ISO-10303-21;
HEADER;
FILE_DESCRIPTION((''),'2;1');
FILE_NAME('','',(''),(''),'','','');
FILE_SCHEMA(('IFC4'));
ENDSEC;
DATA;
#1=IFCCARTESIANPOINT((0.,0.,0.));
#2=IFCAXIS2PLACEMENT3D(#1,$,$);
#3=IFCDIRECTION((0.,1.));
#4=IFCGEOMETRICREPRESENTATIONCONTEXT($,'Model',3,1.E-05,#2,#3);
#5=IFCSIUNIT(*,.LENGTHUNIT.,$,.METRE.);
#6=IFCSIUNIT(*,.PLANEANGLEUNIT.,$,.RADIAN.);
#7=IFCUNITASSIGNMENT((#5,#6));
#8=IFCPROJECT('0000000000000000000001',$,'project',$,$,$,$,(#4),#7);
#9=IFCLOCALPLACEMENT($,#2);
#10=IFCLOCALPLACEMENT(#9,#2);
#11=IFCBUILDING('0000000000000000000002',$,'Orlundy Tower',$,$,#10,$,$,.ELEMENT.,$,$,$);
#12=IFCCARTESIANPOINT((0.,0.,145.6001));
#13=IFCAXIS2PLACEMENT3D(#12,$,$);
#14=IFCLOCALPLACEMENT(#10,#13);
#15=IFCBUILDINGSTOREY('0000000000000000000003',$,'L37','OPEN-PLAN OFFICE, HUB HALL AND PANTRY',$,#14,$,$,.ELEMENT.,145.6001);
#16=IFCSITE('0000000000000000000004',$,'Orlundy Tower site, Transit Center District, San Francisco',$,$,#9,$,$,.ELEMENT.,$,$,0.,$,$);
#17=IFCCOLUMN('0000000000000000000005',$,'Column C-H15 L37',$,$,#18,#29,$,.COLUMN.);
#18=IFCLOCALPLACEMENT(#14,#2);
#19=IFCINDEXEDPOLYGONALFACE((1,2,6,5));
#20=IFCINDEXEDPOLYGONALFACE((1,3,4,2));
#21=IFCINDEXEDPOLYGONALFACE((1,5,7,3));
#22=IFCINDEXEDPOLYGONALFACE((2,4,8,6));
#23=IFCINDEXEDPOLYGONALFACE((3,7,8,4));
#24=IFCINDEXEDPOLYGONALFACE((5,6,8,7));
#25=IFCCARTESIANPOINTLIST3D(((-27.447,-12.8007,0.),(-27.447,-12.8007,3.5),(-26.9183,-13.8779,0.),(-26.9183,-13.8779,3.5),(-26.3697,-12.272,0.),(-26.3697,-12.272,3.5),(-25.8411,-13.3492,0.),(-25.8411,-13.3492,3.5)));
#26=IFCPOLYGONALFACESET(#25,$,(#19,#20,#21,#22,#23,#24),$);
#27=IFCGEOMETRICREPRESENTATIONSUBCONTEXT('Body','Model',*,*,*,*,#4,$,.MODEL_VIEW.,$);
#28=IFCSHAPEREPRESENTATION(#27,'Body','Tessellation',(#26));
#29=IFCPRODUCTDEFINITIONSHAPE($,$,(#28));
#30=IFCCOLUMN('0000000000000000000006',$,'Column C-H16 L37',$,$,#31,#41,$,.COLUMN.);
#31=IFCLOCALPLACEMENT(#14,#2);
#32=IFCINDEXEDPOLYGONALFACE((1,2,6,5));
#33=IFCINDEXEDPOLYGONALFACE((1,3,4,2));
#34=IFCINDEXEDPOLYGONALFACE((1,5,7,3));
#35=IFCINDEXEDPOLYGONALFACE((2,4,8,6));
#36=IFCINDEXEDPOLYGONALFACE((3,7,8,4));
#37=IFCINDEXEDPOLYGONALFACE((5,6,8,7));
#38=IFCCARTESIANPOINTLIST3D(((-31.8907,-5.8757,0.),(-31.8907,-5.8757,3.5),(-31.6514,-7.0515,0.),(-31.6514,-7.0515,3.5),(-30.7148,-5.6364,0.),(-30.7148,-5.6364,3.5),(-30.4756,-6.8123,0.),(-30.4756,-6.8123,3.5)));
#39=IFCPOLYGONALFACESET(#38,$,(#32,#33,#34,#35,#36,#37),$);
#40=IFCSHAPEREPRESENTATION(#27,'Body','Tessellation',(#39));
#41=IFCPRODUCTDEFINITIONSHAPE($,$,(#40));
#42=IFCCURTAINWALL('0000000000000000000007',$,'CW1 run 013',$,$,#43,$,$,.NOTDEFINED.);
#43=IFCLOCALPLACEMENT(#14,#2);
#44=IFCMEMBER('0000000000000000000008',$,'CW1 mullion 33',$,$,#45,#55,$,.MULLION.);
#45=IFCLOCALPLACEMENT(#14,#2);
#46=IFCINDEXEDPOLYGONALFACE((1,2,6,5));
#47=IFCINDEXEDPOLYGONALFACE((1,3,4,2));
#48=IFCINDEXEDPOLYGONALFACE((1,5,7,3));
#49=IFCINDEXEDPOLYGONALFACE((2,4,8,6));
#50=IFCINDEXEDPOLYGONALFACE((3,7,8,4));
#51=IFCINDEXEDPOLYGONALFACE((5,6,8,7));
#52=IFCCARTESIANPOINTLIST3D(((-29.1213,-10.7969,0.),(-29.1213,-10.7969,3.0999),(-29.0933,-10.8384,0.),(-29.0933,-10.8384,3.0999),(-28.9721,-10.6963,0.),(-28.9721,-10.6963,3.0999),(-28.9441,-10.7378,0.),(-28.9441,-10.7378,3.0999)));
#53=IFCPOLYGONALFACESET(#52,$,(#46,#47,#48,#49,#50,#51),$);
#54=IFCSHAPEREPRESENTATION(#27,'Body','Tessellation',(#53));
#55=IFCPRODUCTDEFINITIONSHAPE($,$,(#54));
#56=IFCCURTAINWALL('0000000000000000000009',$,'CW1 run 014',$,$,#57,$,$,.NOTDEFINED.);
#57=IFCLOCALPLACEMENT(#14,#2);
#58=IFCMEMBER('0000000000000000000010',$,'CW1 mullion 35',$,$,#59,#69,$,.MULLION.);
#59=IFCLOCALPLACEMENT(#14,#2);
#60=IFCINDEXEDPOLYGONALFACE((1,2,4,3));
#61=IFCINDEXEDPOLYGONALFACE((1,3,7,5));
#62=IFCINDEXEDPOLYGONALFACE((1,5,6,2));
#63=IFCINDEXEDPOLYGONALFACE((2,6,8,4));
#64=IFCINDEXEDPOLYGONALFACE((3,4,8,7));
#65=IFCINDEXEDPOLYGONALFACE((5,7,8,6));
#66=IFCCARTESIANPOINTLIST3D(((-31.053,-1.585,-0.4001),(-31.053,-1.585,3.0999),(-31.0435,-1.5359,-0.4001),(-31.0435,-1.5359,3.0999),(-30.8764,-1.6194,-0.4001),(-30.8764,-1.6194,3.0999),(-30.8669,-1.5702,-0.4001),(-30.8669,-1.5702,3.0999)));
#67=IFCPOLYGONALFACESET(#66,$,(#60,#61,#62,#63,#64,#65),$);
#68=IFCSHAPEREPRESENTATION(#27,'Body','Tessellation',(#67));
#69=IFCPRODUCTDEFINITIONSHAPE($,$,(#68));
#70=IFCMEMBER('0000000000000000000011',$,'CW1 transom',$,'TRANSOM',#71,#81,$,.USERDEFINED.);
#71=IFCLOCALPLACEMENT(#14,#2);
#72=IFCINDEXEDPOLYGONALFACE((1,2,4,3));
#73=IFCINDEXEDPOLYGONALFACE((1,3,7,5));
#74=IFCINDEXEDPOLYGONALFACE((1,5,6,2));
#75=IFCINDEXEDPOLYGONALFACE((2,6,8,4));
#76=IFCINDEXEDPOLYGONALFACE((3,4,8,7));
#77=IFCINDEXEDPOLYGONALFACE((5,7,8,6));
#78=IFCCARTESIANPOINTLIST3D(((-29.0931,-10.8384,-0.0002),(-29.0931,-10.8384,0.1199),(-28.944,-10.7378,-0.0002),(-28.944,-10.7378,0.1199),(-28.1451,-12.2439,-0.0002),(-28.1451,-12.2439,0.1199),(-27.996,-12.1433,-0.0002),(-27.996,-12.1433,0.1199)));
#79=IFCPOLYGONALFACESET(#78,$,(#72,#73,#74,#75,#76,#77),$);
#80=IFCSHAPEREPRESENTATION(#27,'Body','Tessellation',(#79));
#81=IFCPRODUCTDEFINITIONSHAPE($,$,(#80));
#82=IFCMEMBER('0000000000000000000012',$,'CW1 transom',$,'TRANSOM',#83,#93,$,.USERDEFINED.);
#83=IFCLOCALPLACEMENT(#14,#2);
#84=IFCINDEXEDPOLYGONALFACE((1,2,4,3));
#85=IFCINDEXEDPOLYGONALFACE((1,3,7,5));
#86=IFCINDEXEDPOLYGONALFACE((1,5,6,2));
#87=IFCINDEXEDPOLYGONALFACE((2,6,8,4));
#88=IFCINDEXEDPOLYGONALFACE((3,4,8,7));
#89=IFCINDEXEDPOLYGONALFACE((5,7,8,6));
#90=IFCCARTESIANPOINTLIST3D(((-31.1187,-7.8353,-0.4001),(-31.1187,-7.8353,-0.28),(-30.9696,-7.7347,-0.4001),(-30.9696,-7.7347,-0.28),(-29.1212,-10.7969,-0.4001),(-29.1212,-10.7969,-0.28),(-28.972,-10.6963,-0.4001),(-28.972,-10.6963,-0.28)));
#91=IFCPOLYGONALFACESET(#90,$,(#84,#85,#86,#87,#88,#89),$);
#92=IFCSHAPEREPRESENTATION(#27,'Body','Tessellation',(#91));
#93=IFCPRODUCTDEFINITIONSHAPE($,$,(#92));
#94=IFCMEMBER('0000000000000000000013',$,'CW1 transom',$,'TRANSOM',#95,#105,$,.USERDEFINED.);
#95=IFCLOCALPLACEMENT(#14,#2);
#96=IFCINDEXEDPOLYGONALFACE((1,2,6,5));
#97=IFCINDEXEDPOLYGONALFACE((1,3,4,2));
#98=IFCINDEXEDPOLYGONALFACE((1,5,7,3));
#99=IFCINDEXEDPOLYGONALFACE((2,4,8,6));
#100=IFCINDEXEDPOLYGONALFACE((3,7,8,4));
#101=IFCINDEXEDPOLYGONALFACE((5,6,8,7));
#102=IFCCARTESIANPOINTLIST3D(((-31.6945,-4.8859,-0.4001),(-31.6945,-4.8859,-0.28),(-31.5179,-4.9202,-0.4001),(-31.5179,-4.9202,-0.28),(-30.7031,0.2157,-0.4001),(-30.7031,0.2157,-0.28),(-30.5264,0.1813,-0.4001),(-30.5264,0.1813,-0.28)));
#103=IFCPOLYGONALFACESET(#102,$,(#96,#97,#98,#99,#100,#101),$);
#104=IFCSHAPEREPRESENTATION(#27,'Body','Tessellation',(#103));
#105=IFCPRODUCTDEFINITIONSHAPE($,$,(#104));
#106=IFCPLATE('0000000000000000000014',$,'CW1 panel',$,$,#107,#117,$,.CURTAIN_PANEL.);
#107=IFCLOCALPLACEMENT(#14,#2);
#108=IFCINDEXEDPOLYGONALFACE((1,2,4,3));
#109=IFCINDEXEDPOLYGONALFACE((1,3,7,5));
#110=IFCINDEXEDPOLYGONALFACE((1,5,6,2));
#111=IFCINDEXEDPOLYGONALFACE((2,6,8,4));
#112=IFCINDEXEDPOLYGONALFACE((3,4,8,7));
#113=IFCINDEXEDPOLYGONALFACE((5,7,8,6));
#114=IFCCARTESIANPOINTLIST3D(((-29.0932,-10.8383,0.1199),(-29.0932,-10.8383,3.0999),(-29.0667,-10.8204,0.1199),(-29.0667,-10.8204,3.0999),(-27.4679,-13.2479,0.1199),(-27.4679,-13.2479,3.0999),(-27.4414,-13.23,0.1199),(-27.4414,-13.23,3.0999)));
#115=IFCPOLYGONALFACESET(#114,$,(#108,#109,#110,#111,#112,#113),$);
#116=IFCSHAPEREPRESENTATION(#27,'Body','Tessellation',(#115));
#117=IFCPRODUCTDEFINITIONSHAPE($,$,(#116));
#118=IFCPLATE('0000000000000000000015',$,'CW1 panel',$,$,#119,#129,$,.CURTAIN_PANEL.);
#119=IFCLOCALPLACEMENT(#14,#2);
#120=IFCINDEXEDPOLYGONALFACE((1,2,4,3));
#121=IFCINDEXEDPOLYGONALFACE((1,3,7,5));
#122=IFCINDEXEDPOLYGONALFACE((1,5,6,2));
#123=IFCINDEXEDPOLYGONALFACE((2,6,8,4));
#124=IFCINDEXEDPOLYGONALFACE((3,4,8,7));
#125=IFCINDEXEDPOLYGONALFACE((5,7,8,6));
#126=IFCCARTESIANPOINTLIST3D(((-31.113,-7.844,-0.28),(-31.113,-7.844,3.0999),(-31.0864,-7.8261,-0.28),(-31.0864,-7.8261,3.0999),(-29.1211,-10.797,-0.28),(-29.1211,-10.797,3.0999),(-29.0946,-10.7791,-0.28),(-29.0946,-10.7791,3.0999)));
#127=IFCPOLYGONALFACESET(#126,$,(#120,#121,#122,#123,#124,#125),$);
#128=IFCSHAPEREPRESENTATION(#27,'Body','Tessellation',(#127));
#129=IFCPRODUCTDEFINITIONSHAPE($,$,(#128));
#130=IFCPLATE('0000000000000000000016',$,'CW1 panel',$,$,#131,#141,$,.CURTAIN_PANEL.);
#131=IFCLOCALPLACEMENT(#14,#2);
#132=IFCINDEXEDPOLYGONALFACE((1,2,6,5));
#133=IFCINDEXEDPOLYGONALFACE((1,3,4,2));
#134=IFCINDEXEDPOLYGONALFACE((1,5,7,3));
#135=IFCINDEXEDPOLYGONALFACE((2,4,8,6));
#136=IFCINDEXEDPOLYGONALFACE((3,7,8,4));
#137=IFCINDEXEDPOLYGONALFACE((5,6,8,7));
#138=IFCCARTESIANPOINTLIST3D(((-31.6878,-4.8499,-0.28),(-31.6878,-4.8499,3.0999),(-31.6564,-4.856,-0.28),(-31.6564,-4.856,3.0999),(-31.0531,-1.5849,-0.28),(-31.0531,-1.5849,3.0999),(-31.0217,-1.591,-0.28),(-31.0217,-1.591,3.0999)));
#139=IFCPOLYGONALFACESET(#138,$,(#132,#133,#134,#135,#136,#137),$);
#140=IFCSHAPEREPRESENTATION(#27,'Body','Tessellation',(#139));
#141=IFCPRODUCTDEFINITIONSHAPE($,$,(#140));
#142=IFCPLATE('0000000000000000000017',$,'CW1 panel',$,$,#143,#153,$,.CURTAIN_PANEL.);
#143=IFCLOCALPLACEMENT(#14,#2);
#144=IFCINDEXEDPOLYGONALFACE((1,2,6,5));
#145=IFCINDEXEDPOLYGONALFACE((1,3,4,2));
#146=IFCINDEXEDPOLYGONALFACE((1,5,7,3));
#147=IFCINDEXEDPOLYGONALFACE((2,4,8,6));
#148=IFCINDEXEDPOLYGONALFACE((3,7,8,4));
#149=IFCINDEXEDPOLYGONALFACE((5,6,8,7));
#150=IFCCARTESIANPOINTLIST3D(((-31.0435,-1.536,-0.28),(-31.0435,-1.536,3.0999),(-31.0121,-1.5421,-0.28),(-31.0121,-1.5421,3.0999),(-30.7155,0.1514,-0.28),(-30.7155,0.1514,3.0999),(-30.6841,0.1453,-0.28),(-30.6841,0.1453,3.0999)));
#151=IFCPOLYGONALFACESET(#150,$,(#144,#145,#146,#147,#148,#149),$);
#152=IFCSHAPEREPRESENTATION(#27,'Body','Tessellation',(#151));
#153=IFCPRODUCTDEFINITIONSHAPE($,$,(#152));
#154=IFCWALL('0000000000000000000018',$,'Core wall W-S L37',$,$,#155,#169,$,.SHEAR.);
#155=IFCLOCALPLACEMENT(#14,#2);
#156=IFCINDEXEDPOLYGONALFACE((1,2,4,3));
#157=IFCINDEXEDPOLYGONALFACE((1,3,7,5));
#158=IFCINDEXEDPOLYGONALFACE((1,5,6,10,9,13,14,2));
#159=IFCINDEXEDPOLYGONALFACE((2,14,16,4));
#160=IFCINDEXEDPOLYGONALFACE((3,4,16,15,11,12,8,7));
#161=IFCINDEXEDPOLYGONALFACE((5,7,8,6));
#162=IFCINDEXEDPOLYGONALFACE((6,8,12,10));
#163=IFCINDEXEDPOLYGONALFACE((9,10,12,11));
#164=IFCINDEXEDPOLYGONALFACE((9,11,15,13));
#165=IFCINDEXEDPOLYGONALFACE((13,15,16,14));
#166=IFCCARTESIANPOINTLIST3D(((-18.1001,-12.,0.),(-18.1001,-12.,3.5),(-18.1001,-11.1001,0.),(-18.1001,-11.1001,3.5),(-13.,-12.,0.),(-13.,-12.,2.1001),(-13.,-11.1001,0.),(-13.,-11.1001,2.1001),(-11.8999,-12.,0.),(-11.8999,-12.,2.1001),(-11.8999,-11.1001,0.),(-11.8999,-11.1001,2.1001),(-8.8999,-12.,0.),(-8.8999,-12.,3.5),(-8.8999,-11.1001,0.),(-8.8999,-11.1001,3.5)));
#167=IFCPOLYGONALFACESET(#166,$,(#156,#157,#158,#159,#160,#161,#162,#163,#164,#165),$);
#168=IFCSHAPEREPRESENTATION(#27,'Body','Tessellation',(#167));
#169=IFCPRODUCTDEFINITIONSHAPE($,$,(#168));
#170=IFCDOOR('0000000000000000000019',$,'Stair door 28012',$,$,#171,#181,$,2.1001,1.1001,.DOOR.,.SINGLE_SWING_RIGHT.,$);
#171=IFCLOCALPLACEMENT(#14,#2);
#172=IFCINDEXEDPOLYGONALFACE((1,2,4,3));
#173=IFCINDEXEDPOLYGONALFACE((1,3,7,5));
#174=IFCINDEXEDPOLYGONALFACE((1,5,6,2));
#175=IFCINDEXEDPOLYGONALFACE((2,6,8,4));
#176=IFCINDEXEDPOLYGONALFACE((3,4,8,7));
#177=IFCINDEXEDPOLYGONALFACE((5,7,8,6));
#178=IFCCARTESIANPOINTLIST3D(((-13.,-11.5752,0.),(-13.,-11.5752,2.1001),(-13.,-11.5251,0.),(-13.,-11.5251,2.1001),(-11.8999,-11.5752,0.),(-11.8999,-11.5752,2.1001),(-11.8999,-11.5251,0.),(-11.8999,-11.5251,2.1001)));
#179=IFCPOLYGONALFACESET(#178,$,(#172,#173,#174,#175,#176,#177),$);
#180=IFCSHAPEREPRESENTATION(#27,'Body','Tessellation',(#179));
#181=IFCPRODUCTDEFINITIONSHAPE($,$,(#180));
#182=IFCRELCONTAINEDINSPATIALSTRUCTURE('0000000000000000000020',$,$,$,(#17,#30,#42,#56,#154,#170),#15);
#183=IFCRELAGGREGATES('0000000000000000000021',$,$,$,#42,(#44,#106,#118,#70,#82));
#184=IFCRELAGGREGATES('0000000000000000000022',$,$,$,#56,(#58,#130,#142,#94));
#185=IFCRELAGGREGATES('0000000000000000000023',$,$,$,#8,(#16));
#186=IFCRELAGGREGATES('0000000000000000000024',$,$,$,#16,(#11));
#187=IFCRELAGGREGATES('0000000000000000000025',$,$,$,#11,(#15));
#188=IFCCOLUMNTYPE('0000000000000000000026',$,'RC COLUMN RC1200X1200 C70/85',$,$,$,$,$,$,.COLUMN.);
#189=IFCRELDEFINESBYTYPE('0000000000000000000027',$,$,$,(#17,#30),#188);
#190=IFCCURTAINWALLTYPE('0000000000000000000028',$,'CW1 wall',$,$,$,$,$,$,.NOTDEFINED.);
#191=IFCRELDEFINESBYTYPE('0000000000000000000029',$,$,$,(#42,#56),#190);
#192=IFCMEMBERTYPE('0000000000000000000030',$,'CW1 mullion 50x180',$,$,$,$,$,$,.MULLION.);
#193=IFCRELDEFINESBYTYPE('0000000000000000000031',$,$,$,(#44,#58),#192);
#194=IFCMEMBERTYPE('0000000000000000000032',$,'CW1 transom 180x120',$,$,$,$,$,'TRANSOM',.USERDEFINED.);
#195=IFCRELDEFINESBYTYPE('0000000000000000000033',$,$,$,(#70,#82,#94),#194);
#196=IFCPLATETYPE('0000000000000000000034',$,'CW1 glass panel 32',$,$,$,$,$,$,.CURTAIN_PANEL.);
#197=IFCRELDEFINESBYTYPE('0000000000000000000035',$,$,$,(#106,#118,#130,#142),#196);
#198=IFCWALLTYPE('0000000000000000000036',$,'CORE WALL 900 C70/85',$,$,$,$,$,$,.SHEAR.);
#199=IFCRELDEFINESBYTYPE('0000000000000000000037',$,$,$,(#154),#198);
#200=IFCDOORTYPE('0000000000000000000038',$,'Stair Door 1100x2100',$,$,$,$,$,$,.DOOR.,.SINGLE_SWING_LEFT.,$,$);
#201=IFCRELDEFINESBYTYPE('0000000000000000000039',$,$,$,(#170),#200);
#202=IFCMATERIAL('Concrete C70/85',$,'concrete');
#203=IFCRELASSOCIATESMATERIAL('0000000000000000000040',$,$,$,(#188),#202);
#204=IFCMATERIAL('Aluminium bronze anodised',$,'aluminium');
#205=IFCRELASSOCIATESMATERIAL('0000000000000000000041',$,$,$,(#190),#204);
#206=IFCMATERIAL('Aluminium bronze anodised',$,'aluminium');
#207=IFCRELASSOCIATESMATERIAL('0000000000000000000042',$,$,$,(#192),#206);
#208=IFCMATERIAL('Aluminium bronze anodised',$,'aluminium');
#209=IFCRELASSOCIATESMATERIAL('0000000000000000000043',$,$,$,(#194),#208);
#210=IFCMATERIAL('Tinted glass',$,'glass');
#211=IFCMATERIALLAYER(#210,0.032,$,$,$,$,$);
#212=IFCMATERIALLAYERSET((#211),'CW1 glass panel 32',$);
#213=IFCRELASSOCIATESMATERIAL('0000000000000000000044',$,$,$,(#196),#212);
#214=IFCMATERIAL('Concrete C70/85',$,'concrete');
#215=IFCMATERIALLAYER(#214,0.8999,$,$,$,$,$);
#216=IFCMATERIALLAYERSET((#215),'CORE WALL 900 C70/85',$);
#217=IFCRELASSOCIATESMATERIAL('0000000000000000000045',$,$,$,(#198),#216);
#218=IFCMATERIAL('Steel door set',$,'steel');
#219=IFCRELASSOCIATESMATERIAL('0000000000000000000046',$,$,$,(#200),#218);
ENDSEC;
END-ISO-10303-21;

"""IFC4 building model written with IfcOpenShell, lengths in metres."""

from ifc_helpers import new_model, si_unit, direction, frame, frame_2d, origin, origin_2d, place, context, subcontext, project, spatial, rectangle, extrude, material, layer, layer_set, material_profile, profile_set, type_object, element, fill, aggregate, save


model = new_model("IFC4")

# Units and contexts
model_context = context("Model", 3, precision=1e-05, world=origin(), true_north=direction((0.0, 1.0)))
body_context = subcontext(model_context, "Body", "Model", "MODEL_VIEW")
ifc_project = project(units=[si_unit("LENGTHUNIT", "METRE"), si_unit("PLANEANGLEUNIT", "RADIAN")], contexts=[model_context])

# Site, building, storey
site_placement = place(None, origin())
site = spatial("IfcSite", under=ifc_project, at=site_placement, Name="Orlundy Tower site, Transit Center District, San Francisco", CompositionType="ELEMENT", RefElevation=0.0)
building_placement = place(site_placement, origin())
building = spatial("IfcBuilding", under=site, at=building_placement, Name="Orlundy Tower", CompositionType="ELEMENT")
storey_placement = place(building_placement, frame((0.0, 0.0, 145.6001)))
storey = spatial("IfcBuildingStorey", under=building, at=storey_placement, Name="L37", Description="OPEN-PLAN OFFICE, HUB HALL AND PANTRY", CompositionType="ELEMENT", Elevation=145.6001)

# Columns
ifc_material_1 = material(Name="Concrete C70/85", Category="concrete")
ifc_material_profile_1 = material_profile(ifc_material_1, rectangle(XDim=1.2, YDim=1.2, at=origin_2d()), Name="RC1200X1200")
ifc_profile_set_1 = profile_set([ifc_material_profile_1], Name="Concrete C70/85")
column_type = type_object("IfcColumnType", Name="RC COLUMN RC1200X1200 C70/85", PredefinedType="COLUMN", material=ifc_profile_set_1)
for number, where, z_axis, x_axis, name in (
    (1, (-26.644, -13.075, 0.0), (0.0, 0.0, 1.0), (-0.897728, -0.44055, 0.0), "Column C-H15 L37"),
    (2, (-31.1831, -6.344, 0.0), (0.0, 0.0, 1.0), (-0.979925, -0.199368, 0.0), "Column C-H16 L37"),
):
    element("IfcColumn", number, at=place(storey_placement, frame(where, z_axis=z_axis, x_axis=x_axis)), inside=storey, type_object=column_type, Name=name, PredefinedType="COLUMN", context=body_context, shape_type="SweptSolid", body=[
        extrude(rectangle(XDim=1.2, YDim=1.2, at=origin_2d()), origin(), (0.0, 0.0, 1.0), 3.5),
    ])

# Curtain walls, members
ifc_material_2 = material(Name="Aluminium bronze anodised", Category="aluminium")
curtain_wall_type = type_object("IfcCurtainWallType", Name="CW1 wall", PredefinedType="NOTDEFINED", material=ifc_material_2)
curtain_wall_1_placement = place(storey_placement, origin())
curtain_wall_1 = element("IfcCurtainWall", 3, at=curtain_wall_1_placement, inside=storey, type_object=curtain_wall_type, Name="CW1 run 013", PredefinedType="NOTDEFINED")
ifc_material_3 = material(Name="Aluminium bronze anodised", Category="aluminium")
ifc_material_profile_2 = material_profile(ifc_material_3, rectangle(XDim=0.1799, YDim=0.05, at=origin_2d()), Name="CW1 mullion 50x180")
ifc_profile_set_2 = profile_set([ifc_material_profile_2], Name="Aluminium bronze anodised")
member_type_1 = type_object("IfcMemberType", Name="CW1 mullion 50x180", PredefinedType="MULLION", material=ifc_profile_set_2)
member_1_placement = place(storey_placement, frame((-29.0327, -10.7673, 0.0), z_axis=(0.0, 0.0, 1.0), x_axis=(-0.829032, -0.559201, 0.0)))
member_1 = element("IfcMember", 4, at=member_1_placement, type_object=member_type_1, Name="CW1 mullion 33", PredefinedType="MULLION", context=body_context, shape_type="SweptSolid", body=[
    extrude(rectangle(XDim=0.1799, YDim=0.05, at=origin_2d()), origin(), (0.0, 0.0, 1.0), 3.0999),
])
curtain_wall_2_placement = place(storey_placement, origin())
curtain_wall_2 = element("IfcCurtainWall", 5, at=curtain_wall_2_placement, inside=storey, type_object=curtain_wall_type, Name="CW1 run 014", PredefinedType="NOTDEFINED")
member_2_placement = place(storey_placement, frame((-30.96, -1.5776, -0.4001), z_axis=(0.0, 0.0, 1.0), x_axis=(-0.981628, 0.190805, 0.0)))
member_2 = element("IfcMember", 6, at=member_2_placement, type_object=member_type_1, Name="CW1 mullion 35", PredefinedType="MULLION", context=body_context, shape_type="SweptSolid", body=[
    extrude(rectangle(XDim=0.1799, YDim=0.05, at=origin_2d()), origin(), (0.0, 0.0, 1.0), 3.5),
])

# Members
ifc_material_4 = material(Name="Aluminium bronze anodised", Category="aluminium")
ifc_material_profile_3 = material_profile(ifc_material_4, rectangle(XDim=0.1799, YDim=0.1201, at=origin_2d()), Name="CW1 transom 180x120")
ifc_profile_set_3 = profile_set([ifc_material_profile_3], Name="Aluminium bronze anodised")
member_type_2 = type_object("IfcMemberType", Name="CW1 transom 180x120", ElementType="TRANSOM", PredefinedType="USERDEFINED", material=ifc_profile_set_3)
member_3_placement = place(storey_placement, frame((-28.0706, -12.1936, 0.0598), z_axis=(-0.559178, 0.829047, 0.0), x_axis=(-0.829047, -0.559178, 0.0)))
member_3 = element("IfcMember", 7, at=member_3_placement, type_object=member_type_2, Name="CW1 transom", ObjectType="TRANSOM", PredefinedType="USERDEFINED", context=body_context, shape_type="SweptSolid", body=[
    extrude(rectangle(XDim=0.1799, YDim=0.1201, at=origin_2d()), origin(), (0.0, 0.0, 1.0), 1.6953),
])
member_4_placement = place(storey_placement, frame((-29.0466, -10.7466, -0.3401), z_axis=(-0.559171, 0.829052, 0.0), x_axis=(-0.829052, -0.559171, 0.0)))
member_4 = element("IfcMember", 8, at=member_4_placement, type_object=member_type_2, Name="CW1 transom", ObjectType="TRANSOM", PredefinedType="USERDEFINED", context=body_context, shape_type="SweptSolid", body=[
    extrude(rectangle(XDim=0.1799, YDim=0.1201, at=origin_2d()), origin(), (0.0, 0.0, 1.0), 3.5723),
])
member_5_placement = place(storey_placement, frame((-31.6062, -4.9031, -0.3401), z_axis=(0.190774, 0.981634, 0.0), x_axis=(-0.981634, 0.190774, 0.0)))
member_5 = element("IfcMember", 9, at=member_5_placement, type_object=member_type_2, Name="CW1 transom", ObjectType="TRANSOM", PredefinedType="USERDEFINED", context=body_context, shape_type="SweptSolid", body=[
    extrude(rectangle(XDim=0.1799, YDim=0.1201, at=origin_2d()), origin(), (0.0, 0.0, 1.0), 5.197),
])

# Plates
ifc_material_5 = material(Name="Tinted glass", Category="glass")
ifc_layer_1 = layer(ifc_material_5, 0.032)
ifc_layer_set_1 = layer_set([ifc_layer_1], Name="CW1 glass panel 32")
plate_type = type_object("IfcPlateType", Name="CW1 glass panel 32", PredefinedType="CURTAIN_PANEL", material=ifc_layer_set_1)
plate_1_placement = place(storey_placement, frame((-28.2673, -12.0342, 0.1199), z_axis=(0.0, 0.0, 1.0), x_axis=(-0.559201, 0.829032, 0.0)))
plate_1 = element("IfcPlate", 10, at=plate_1_placement, type_object=plate_type, Name="CW1 panel", PredefinedType="CURTAIN_PANEL", context=body_context, shape_type="SweptSolid", body=[
    extrude(rectangle(XDim=2.9065, YDim=0.032, at=origin_2d()), origin(), (0.0, 0.0, 1.0), 2.98),
])
plate_2_placement = place(storey_placement, frame((-30.1038, -9.3115, -0.28), z_axis=(0.0, 0.0, 1.0), x_axis=(-0.559201, 0.829032, 0.0)))
plate_2 = element("IfcPlate", 11, at=plate_2_placement, type_object=plate_type, Name="CW1 panel", PredefinedType="CURTAIN_PANEL", context=body_context, shape_type="SweptSolid", body=[
    extrude(rectangle(XDim=3.562, YDim=0.032, at=origin_2d()), origin(), (0.0, 0.0, 1.0), 3.3799),
])
aggregate(curtain_wall_1, [member_1, plate_1, plate_2, member_3, member_4])
plate_3_placement = place(storey_placement, frame((-31.3547, -3.2205, -0.28), z_axis=(0.0, 0.0, 1.0), x_axis=(0.190805, 0.981628, 0.0)))
plate_3 = element("IfcPlate", 12, at=plate_3_placement, type_object=plate_type, Name="CW1 panel", PredefinedType="CURTAIN_PANEL", context=body_context, shape_type="SweptSolid", body=[
    extrude(rectangle(XDim=3.3262, YDim=0.032, at=origin_2d()), origin(), (0.0, 0.0, 1.0), 3.3799),
])
plate_4_placement = place(storey_placement, frame((-30.8638, -0.6953, -0.28), z_axis=(0.0, 0.0, 1.0), x_axis=(0.190805, 0.981628, 0.0)))
plate_4 = element("IfcPlate", 13, at=plate_4_placement, type_object=plate_type, Name="CW1 panel", PredefinedType="CURTAIN_PANEL", context=body_context, shape_type="SweptSolid", body=[
    extrude(rectangle(XDim=1.719, YDim=0.032, at=origin_2d()), origin(), (0.0, 0.0, 1.0), 3.3799),
])
aggregate(curtain_wall_2, [member_2, plate_3, plate_4, member_5])

# Wall, opening, door
ifc_material_6 = material(Name="Concrete C70/85", Category="concrete")
ifc_layer_2 = layer(ifc_material_6, 0.8999)
ifc_layer_set_2 = layer_set([ifc_layer_2], Name="CORE WALL 900 C70/85")
wall_type_1 = type_object("IfcWallType", Name="CORE WALL 900 C70/85", PredefinedType="SHEAR", material=ifc_layer_set_2)
wall_1_placement = place(storey_placement, frame((-18.1001, -11.55, 0.0), z_axis=(0.0, 0.0, 1.0), x_axis=(1.0, 0.0, 0.0)))
wall_1 = element("IfcWall", 14, at=wall_1_placement, inside=storey, type_object=wall_type_1, Name="Core wall W-S L37", PredefinedType="SHEAR", context=body_context, shape_type="SweptSolid", body=[
    extrude(rectangle(XDim=9.2002, YDim=0.8999, at=frame_2d((4.6001, 0.0))), origin(), (0.0, 0.0, 1.0), 3.5),
])
opening_1_placement = place(wall_1_placement, frame((5.1001, 0.0, 0.0)))
opening_1 = element("IfcOpeningElement", 15, at=opening_1_placement, cuts=wall_1, PredefinedType="OPENING", context=body_context, shape_type="SweptSolid", body=[
    extrude(rectangle(XDim=1.1001, YDim=2.1001, at=frame_2d((0.55, 1.05))), frame((0.0, 0.46, 0.0), z_axis=(0.0, -1.0, 0.0), x_axis=(1.0, 0.0, 0.0)), (0.0, 0.0, 1.0), 0.9199),
])
ifc_material_7 = material(Name="Steel door set", Category="steel")
door_type_1 = type_object("IfcDoorType", Name="Stair Door 1100x2100", OperationType="SINGLE_SWING_LEFT", PredefinedType="DOOR", material=ifc_material_7)
door_1_placement = place(opening_1_placement, origin())
door_1 = element("IfcDoor", 16, at=door_1_placement, inside=storey, type_object=door_type_1, Name="Stair door 28012", OperationType="SINGLE_SWING_RIGHT", OverallHeight=2.1001, OverallWidth=1.1001, PredefinedType="DOOR", context=body_context, shape_type="SweptSolid", body=[
    extrude(rectangle(XDim=1.1001, YDim=2.1001, at=frame_2d((0.55, 1.05))), frame((0.0, 0.0249, 0.0), z_axis=(0.0, -1.0, 0.0), x_axis=(1.0, 0.0, 0.0)), (0.0, 0.0, 1.0), 0.05),
])
fill(opening_1, door_1)

save(model, "model.ifc")
